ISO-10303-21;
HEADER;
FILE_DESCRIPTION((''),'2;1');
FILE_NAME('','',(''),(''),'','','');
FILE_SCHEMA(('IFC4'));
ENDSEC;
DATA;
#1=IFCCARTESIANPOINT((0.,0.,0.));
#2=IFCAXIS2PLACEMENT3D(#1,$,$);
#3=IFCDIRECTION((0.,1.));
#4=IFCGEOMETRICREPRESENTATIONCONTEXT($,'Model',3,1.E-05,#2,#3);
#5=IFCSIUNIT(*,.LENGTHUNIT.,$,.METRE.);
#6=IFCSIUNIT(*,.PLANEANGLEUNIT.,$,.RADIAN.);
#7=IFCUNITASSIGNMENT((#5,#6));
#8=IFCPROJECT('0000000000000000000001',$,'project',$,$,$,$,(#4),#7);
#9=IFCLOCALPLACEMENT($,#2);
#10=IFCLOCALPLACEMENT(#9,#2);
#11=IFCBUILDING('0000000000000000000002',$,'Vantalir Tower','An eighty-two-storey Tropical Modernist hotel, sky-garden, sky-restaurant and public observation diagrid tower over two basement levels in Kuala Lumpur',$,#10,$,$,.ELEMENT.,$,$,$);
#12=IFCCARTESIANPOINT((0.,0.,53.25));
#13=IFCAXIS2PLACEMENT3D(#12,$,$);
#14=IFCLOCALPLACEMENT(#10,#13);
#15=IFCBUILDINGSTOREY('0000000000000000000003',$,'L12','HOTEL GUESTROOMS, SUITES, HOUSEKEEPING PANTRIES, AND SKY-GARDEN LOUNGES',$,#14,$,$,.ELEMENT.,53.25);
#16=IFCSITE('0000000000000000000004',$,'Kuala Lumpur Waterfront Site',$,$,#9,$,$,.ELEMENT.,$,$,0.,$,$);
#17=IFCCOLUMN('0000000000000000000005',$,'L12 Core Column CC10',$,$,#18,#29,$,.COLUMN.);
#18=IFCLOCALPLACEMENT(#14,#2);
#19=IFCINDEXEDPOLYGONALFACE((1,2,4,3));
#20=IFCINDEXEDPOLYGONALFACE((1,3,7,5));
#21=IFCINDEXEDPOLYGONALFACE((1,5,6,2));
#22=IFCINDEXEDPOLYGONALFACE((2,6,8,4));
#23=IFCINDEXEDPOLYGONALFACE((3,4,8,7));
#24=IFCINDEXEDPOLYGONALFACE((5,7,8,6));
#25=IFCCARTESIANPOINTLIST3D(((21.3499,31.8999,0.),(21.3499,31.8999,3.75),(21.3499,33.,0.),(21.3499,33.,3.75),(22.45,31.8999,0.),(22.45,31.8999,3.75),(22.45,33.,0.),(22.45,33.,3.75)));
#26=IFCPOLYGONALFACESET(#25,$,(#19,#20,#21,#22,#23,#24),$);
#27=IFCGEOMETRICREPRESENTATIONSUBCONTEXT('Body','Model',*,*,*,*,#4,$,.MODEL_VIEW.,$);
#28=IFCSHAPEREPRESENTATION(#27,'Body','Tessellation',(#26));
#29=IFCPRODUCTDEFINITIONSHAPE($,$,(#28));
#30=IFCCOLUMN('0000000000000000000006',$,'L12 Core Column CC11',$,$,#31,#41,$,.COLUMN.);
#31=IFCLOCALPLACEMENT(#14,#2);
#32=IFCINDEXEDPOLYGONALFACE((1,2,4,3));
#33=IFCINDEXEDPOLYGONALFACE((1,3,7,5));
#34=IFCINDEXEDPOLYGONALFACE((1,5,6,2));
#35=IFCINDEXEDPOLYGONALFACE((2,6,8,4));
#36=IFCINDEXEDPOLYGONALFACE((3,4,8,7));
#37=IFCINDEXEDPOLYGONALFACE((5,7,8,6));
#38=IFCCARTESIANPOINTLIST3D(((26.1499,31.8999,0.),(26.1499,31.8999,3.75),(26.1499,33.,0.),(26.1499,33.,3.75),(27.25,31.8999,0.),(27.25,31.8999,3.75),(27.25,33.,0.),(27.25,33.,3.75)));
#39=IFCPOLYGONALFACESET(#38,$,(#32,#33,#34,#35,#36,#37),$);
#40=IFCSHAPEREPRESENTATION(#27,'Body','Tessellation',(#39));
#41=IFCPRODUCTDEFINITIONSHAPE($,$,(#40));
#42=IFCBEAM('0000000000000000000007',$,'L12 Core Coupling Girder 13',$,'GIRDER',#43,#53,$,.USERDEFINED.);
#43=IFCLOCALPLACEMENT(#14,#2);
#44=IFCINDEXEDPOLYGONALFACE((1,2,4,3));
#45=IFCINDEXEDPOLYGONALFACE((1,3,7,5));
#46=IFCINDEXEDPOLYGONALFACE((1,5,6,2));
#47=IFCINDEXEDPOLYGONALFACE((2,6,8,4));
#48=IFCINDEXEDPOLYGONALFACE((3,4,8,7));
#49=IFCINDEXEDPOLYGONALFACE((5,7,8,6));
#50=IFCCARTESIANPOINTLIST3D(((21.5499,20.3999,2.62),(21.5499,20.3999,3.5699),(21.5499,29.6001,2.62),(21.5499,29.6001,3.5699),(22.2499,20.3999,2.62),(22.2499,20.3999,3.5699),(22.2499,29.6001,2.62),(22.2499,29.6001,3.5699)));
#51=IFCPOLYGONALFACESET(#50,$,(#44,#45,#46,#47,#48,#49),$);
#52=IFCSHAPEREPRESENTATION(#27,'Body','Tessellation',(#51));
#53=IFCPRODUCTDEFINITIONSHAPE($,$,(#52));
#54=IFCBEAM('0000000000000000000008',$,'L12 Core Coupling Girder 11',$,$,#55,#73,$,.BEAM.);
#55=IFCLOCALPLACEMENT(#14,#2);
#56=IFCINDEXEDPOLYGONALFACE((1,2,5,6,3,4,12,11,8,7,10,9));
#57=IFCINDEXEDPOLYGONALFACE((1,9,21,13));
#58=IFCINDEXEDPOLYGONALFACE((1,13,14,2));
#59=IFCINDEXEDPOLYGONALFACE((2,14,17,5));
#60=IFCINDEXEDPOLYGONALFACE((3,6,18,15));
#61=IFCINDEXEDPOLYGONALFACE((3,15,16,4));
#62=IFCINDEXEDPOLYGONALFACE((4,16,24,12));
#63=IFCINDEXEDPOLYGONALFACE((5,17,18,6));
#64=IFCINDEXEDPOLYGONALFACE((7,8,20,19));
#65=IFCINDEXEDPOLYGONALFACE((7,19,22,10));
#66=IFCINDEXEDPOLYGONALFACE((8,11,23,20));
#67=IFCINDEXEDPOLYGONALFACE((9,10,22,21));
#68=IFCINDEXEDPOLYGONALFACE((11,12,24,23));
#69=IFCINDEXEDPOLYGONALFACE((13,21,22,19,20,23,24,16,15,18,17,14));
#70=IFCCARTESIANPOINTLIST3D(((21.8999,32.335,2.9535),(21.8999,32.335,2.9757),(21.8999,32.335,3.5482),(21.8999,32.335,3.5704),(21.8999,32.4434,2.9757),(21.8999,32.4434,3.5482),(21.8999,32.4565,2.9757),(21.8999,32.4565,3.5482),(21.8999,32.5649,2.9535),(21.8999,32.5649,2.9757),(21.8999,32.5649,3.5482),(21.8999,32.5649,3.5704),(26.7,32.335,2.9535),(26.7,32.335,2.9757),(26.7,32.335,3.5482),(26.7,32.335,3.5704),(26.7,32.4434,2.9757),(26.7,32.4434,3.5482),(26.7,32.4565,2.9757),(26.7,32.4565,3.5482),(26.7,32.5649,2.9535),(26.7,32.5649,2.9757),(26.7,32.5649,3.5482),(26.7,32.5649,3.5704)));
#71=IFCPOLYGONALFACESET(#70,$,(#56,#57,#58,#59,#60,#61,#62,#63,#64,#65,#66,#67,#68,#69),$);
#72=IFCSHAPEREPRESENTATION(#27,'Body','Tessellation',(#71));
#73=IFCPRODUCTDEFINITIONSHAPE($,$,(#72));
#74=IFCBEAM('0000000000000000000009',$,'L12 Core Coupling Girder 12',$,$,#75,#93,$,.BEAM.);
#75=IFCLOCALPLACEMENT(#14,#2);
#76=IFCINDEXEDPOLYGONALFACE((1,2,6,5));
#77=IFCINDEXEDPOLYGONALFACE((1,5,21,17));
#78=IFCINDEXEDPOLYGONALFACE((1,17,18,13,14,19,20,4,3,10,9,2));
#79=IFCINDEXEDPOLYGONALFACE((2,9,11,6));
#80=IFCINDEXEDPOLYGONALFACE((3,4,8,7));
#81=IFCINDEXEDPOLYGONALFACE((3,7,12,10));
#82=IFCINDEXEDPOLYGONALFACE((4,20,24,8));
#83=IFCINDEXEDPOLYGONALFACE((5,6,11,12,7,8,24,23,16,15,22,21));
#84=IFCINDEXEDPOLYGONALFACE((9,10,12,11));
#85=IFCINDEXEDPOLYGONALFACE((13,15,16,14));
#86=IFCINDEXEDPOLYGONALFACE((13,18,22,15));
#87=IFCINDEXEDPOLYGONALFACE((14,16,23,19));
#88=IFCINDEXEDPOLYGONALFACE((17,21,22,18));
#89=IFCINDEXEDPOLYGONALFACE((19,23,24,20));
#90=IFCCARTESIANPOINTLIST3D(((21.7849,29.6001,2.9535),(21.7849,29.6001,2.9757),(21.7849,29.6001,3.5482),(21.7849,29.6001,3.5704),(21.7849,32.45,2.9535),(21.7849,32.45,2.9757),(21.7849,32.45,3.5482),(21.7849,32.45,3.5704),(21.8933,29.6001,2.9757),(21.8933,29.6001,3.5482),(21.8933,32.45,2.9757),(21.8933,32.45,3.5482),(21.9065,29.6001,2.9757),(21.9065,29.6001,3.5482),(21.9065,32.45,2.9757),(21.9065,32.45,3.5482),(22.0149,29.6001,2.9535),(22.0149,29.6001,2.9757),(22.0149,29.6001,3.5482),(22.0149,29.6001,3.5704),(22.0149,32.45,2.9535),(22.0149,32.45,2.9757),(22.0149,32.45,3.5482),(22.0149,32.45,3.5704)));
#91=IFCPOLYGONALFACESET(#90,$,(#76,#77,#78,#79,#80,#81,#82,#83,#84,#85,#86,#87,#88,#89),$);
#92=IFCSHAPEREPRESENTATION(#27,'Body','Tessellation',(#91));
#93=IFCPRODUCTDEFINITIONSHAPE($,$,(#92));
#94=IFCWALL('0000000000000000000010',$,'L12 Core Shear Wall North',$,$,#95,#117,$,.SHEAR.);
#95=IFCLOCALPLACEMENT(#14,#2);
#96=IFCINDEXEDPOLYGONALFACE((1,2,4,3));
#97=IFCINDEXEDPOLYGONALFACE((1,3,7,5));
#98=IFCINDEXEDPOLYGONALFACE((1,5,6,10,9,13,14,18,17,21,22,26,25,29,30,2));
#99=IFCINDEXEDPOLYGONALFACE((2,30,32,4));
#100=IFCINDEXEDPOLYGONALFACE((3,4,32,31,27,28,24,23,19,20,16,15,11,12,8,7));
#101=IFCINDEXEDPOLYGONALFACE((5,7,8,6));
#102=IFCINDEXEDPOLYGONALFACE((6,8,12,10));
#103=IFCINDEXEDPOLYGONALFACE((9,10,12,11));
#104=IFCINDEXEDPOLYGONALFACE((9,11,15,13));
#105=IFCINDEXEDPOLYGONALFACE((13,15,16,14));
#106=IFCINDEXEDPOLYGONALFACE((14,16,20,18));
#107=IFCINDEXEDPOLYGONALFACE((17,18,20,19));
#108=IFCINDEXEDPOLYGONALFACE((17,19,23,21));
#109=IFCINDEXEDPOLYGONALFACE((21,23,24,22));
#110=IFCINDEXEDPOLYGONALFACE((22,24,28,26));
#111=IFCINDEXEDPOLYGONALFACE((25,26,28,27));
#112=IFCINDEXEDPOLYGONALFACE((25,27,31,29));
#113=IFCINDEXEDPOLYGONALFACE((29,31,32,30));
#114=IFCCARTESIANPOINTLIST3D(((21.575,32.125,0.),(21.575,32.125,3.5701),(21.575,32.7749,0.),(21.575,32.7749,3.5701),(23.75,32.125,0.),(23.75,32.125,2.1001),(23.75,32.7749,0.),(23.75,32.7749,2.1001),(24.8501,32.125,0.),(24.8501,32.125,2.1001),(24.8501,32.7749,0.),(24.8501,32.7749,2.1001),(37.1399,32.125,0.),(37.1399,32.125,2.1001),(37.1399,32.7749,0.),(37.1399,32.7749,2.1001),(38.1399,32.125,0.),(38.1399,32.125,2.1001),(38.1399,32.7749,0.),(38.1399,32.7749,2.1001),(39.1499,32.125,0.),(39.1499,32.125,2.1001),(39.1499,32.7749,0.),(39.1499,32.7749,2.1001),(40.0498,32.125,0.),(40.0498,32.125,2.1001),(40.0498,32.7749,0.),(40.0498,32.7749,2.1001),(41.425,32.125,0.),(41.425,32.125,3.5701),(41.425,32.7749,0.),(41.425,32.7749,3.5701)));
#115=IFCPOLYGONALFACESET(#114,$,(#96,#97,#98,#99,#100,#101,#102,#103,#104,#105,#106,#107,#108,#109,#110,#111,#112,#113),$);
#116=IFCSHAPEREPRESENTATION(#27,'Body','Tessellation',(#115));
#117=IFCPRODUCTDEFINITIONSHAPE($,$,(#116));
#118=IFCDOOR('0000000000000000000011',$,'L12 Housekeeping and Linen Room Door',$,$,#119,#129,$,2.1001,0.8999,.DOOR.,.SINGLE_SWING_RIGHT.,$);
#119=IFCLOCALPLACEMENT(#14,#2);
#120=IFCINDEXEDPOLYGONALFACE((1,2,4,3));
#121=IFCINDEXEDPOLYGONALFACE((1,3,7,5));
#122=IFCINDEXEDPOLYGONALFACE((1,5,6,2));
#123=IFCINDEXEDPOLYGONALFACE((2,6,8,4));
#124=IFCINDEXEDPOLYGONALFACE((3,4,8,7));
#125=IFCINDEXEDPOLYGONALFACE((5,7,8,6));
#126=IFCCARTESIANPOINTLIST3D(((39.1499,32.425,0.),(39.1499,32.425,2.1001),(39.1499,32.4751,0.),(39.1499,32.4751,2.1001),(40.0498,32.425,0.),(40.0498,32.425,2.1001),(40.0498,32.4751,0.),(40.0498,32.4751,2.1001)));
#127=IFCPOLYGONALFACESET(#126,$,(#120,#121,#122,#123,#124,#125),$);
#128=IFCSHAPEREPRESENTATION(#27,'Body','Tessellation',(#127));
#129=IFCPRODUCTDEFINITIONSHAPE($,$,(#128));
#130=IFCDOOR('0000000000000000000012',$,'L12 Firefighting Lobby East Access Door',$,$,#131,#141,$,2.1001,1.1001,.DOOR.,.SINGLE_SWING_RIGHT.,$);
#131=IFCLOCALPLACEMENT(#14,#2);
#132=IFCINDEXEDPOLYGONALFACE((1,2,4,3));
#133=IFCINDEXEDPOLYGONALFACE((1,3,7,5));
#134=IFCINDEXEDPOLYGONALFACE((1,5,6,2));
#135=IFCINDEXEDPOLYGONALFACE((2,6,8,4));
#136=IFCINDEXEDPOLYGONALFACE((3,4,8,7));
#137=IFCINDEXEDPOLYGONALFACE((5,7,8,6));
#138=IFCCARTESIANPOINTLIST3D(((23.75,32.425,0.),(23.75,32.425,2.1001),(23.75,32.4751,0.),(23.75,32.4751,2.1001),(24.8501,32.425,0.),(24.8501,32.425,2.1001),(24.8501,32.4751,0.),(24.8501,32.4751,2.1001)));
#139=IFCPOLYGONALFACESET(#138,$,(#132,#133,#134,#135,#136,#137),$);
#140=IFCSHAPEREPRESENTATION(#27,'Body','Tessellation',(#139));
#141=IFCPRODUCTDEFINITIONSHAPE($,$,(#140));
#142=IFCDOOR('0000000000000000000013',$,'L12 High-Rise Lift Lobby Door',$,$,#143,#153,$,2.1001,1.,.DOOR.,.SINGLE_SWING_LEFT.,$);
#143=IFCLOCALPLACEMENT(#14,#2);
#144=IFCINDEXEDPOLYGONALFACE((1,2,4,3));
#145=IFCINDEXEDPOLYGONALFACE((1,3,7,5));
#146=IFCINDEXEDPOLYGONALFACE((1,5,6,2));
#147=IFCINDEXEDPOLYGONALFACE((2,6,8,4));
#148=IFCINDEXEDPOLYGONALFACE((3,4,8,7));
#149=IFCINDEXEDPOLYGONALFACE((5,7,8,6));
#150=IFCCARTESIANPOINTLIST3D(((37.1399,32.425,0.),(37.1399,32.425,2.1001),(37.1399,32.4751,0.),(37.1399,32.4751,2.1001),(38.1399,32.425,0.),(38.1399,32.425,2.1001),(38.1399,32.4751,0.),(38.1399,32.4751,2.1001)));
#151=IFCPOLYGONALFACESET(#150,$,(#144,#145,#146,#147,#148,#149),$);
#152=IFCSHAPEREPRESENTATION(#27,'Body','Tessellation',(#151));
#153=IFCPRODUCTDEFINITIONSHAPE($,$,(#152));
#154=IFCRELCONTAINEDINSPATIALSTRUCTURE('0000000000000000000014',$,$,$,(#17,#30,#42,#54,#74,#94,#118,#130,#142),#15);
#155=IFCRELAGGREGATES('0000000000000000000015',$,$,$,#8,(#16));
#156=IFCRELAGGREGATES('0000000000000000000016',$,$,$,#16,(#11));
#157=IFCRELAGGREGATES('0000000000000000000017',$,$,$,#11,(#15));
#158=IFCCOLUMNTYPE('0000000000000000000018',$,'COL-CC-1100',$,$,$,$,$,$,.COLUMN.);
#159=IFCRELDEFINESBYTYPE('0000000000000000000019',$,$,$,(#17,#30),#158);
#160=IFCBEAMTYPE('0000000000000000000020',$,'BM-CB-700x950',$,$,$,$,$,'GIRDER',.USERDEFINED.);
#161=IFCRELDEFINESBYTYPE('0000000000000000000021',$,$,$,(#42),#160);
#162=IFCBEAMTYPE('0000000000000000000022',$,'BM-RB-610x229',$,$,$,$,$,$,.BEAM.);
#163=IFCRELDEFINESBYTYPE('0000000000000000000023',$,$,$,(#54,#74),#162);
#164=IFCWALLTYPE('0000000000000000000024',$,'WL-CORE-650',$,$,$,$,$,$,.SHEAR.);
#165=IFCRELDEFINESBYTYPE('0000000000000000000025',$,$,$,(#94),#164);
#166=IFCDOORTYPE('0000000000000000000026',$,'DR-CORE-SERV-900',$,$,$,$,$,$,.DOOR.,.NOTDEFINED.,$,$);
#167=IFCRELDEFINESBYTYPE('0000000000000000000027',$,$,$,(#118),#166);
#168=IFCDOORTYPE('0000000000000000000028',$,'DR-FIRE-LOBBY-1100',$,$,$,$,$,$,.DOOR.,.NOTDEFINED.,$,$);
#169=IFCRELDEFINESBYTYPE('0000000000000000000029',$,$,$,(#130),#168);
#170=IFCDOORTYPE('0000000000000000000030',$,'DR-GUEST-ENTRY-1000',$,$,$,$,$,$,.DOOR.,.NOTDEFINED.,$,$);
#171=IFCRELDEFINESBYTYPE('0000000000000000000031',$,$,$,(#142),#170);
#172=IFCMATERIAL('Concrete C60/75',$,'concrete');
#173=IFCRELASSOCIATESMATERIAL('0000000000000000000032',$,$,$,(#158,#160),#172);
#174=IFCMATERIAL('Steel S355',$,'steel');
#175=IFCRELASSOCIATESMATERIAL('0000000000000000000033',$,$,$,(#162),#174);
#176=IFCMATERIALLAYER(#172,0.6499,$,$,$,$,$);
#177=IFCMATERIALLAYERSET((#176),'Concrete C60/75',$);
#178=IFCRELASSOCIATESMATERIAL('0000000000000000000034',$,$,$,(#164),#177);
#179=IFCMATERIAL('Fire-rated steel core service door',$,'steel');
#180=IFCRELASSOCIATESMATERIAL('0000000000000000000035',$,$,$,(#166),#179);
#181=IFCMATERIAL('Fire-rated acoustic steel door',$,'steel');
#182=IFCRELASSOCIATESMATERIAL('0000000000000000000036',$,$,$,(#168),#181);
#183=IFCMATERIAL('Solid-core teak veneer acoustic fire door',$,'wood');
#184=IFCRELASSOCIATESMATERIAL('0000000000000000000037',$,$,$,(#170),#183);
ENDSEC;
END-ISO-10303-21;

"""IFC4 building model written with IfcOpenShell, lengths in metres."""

from ifc_helpers import new_model, si_unit, direction, frame, frame_2d, origin, origin_2d, place, context, subcontext, project, spatial, rectangle, i_section, extrude, material, layer, layer_set, material_profile, profile_set, type_object, element, fill, save


model = new_model("IFC4")

# Units and contexts
model_context = context("Model", 3, precision=1e-05, world=origin(), true_north=direction((0.0, 1.0)))
body_context = subcontext(model_context, "Body", "Model", "MODEL_VIEW")
ifc_project = project(units=[si_unit("LENGTHUNIT", "METRE"), si_unit("PLANEANGLEUNIT", "RADIAN")], contexts=[model_context])

# Site, building, storey
site_placement = place(None, origin())
site = spatial("IfcSite", under=ifc_project, at=site_placement, Name="Kuala Lumpur Waterfront Site", CompositionType="ELEMENT", RefElevation=0.0)
building_placement = place(site_placement, origin())
building = spatial("IfcBuilding", under=site, at=building_placement, Name="Vantalir Tower", Description="An eighty-two-storey Tropical Modernist hotel, sky-garden, sky-restaurant and public observation diagrid tower over two basement levels in Kuala Lumpur", CompositionType="ELEMENT")
storey_placement = place(building_placement, frame((0.0, 0.0, 53.25)))
storey = spatial("IfcBuildingStorey", under=building, at=storey_placement, Name="L12", Description="HOTEL GUESTROOMS, SUITES, HOUSEKEEPING PANTRIES, AND SKY-GARDEN LOUNGES", CompositionType="ELEMENT", Elevation=53.25)

# Columns
ifc_material_1 = material(Name="Concrete C60/75", Category="concrete")
ifc_material_profile_1 = material_profile(ifc_material_1, rectangle(XDim=1.1001, YDim=1.1001, at=origin_2d()), Name="Concrete C60/75")
ifc_profile_set_1 = profile_set([ifc_material_profile_1], Name="Concrete C60/75")
column_type = type_object("IfcColumnType", Name="COL-CC-1100", PredefinedType="COLUMN", material=ifc_profile_set_1)
for number, where, z_axis, x_axis, name in (
    (1, (21.8999, 32.45, 0.0), (0.0, 0.0, 1.0), (1.0, 0.0, 0.0), "L12 Core Column CC10"),
    (2, (26.7, 32.45, 0.0), (0.0, 0.0, 1.0), (1.0, 0.0, 0.0), "L12 Core Column CC11"),
):
    element("IfcColumn", number, at=place(storey_placement, frame(where, z_axis=z_axis, x_axis=x_axis)), inside=storey, type_object=column_type, Name=name, PredefinedType="COLUMN", context=body_context, shape_type="SweptSolid", body=[
        extrude(rectangle(XDim=1.1001, YDim=1.1001, at=origin_2d()), origin(), (0.0, 0.0, 1.0), 3.75),
    ])

# Beams
ifc_material_profile_2 = material_profile(ifc_material_1, rectangle(XDim=0.7, YDim=0.95, at=origin_2d()), Name="Concrete C60/75")
ifc_profile_set_2 = profile_set([ifc_material_profile_2], Name="Concrete C60/75")
beam_type_1 = type_object("IfcBeamType", Name="BM-CB-700x950", ElementType="GIRDER", PredefinedType="USERDEFINED", material=ifc_profile_set_2)
beam_1_placement = place(storey_placement, frame((21.8999, 29.6001, 3.095), z_axis=(0.0, -1.0, 0.0), x_axis=(1.0, 0.0, 0.0)))
element("IfcBeam", 3, at=beam_1_placement, inside=storey, type_object=beam_type_1, Name="L12 Core Coupling Girder 13", ObjectType="GIRDER", PredefinedType="USERDEFINED", context=body_context, shape_type="SweptSolid", body=[
    extrude(rectangle(XDim=0.7, YDim=0.95, at=origin_2d()), origin(), (0.0, 0.0, 1.0), 9.2002),
])
ifc_material_2 = material(Name="Steel S355", Category="steel")
ifc_material_profile_3 = material_profile(ifc_material_2, i_section(OverallWidth=0.23, OverallDepth=0.6169, WebThickness=0.0132, FlangeThickness=0.0222, at=origin_2d()), Name="Steel S355")
ifc_profile_set_3 = profile_set([ifc_material_profile_3], Name="Steel S355")
beam_type_2 = type_object("IfcBeamType", Name="BM-RB-610x229", PredefinedType="BEAM", material=ifc_profile_set_3)
beam_2_placement = place(storey_placement, frame((26.7, 32.45, 3.262), z_axis=(-1.0, 0.0, 0.0), x_axis=(0.0, -1.0, 0.0)))
element("IfcBeam", 4, at=beam_2_placement, inside=storey, type_object=beam_type_2, Name="L12 Core Coupling Girder 11", PredefinedType="BEAM", context=body_context, shape_type="SweptSolid", body=[
    extrude(i_section(OverallWidth=0.23, OverallDepth=0.6169, WebThickness=0.0132, FlangeThickness=0.0222, at=origin_2d()), origin(), (0.0, 0.0, 1.0), 4.8),
])
beam_3_placement = place(storey_placement, frame((21.8999, 32.45, 3.262), z_axis=(0.0, -1.0, 0.0), x_axis=(1.0, 0.0, 0.0)))
element("IfcBeam", 5, at=beam_3_placement, inside=storey, type_object=beam_type_2, Name="L12 Core Coupling Girder 12", PredefinedType="BEAM", context=body_context, shape_type="SweptSolid", body=[
    extrude(i_section(OverallWidth=0.23, OverallDepth=0.6169, WebThickness=0.0132, FlangeThickness=0.0222, at=origin_2d()), origin(), (0.0, 0.0, 1.0), 2.8499),
])

# Wall, openings, doors
ifc_layer_1 = layer(ifc_material_1, 0.6499)
ifc_layer_set_1 = layer_set([ifc_layer_1], Name="Concrete C60/75")
wall_type_1 = type_object("IfcWallType", Name="WL-CORE-650", PredefinedType="SHEAR", material=ifc_layer_set_1)
wall_1_placement = place(storey_placement, frame((21.575, 32.45, 0.0), z_axis=(0.0, 0.0, 1.0), x_axis=(1.0, 0.0, 0.0)))
wall_1 = element("IfcWall", 6, at=wall_1_placement, inside=storey, type_object=wall_type_1, Name="L12 Core Shear Wall North", PredefinedType="SHEAR", context=body_context, shape_type="SweptSolid", body=[
    extrude(rectangle(XDim=19.8501, YDim=0.6499, at=frame_2d((9.925, 0.0))), origin(), (0.0, 0.0, 1.0), 3.5701),
])
opening_1_placement = place(wall_1_placement, frame((2.175, 0.0, 0.0)))
opening_1 = element("IfcOpeningElement", 7, at=opening_1_placement, cuts=wall_1, PredefinedType="OPENING", context=body_context, shape_type="SweptSolid", body=[
    extrude(rectangle(XDim=1.1001, YDim=2.1001, at=frame_2d((0.55, 1.05))), frame((0.0, 0.335, 0.0), z_axis=(0.0, -1.0, 0.0), x_axis=(1.0, 0.0, 0.0)), (0.0, 0.0, 1.0), 0.6699),
])
opening_2_placement = place(wall_1_placement, frame((15.5649, 0.0, 0.0)))
opening_2 = element("IfcOpeningElement", 8, at=opening_2_placement, cuts=wall_1, PredefinedType="OPENING", context=body_context, shape_type="SweptSolid", body=[
    extrude(rectangle(XDim=1.0, YDim=2.1001, at=frame_2d((0.5, 1.05))), frame((0.0, 0.335, 0.0), z_axis=(0.0, -1.0, 0.0), x_axis=(1.0, 0.0, 0.0)), (0.0, 0.0, 1.0), 0.6699),
])
opening_3_placement = place(wall_1_placement, frame((17.575, 0.0, 0.0)))
opening_3 = element("IfcOpeningElement", 9, at=opening_3_placement, cuts=wall_1, PredefinedType="OPENING", context=body_context, shape_type="SweptSolid", body=[
    extrude(rectangle(XDim=0.8999, YDim=2.1001, at=frame_2d((0.45, 1.05))), frame((0.0, 0.335, 0.0), z_axis=(0.0, -1.0, 0.0), x_axis=(1.0, 0.0, 0.0)), (0.0, 0.0, 1.0), 0.6699),
])
ifc_material_3 = material(Name="Fire-rated steel core service door", Category="steel")
door_type_1 = type_object("IfcDoorType", Name="DR-CORE-SERV-900", OperationType="NOTDEFINED", PredefinedType="DOOR", material=ifc_material_3)
door_1_placement = place(opening_3_placement, frame((0.8999, 0.0, 0.0), z_axis=(0.0, 0.0, 1.0), x_axis=(-1.0, 0.0, 0.0)))
door_1 = element("IfcDoor", 10, at=door_1_placement, inside=storey, type_object=door_type_1, Name="L12 Housekeeping and Linen Room Door", OperationType="SINGLE_SWING_RIGHT", OverallHeight=2.1001, OverallWidth=0.8999, PredefinedType="DOOR", context=body_context, shape_type="SweptSolid", body=[
    extrude(rectangle(XDim=0.8999, YDim=2.1001, at=frame_2d((0.45, 1.05))), frame((0.0, 0.0249, 0.0), z_axis=(0.0, -1.0, 0.0), x_axis=(1.0, 0.0, 0.0)), (0.0, 0.0, 1.0), 0.05),
])
fill(opening_3, door_1)
ifc_material_4 = material(Name="Fire-rated acoustic steel door", Category="steel")
door_type_2 = type_object("IfcDoorType", Name="DR-FIRE-LOBBY-1100", OperationType="NOTDEFINED", PredefinedType="DOOR", material=ifc_material_4)
door_2_placement = place(opening_1_placement, frame((1.1001, 0.0, 0.0), z_axis=(0.0, 0.0, 1.0), x_axis=(-1.0, 0.0, 0.0)))
door_2 = element("IfcDoor", 11, at=door_2_placement, inside=storey, type_object=door_type_2, Name="L12 Firefighting Lobby East Access Door", OperationType="SINGLE_SWING_RIGHT", OverallHeight=2.1001, OverallWidth=1.1001, PredefinedType="DOOR", context=body_context, shape_type="SweptSolid", body=[
    extrude(rectangle(XDim=1.1001, YDim=2.1001, at=frame_2d((0.55, 1.05))), frame((0.0, 0.0249, 0.0), z_axis=(0.0, -1.0, 0.0), x_axis=(1.0, 0.0, 0.0)), (0.0, 0.0, 1.0), 0.05),
])
fill(opening_1, door_2)
ifc_material_5 = material(Name="Solid-core teak veneer acoustic fire door", Category="wood")
door_type_3 = type_object("IfcDoorType", Name="DR-GUEST-ENTRY-1000", OperationType="NOTDEFINED", PredefinedType="DOOR", material=ifc_material_5)
door_3_placement = place(opening_2_placement, frame((1.0, 0.0, 0.0), z_axis=(0.0, 0.0, 1.0), x_axis=(-1.0, 0.0, 0.0)))
door_3 = element("IfcDoor", 12, at=door_3_placement, inside=storey, type_object=door_type_3, Name="L12 High-Rise Lift Lobby Door", OperationType="SINGLE_SWING_LEFT", OverallHeight=2.1001, OverallWidth=1.0, PredefinedType="DOOR", context=body_context, shape_type="SweptSolid", body=[
    extrude(rectangle(XDim=1.0, YDim=2.1001, at=frame_2d((0.5, 1.05))), frame((0.0, 0.0249, 0.0), z_axis=(0.0, -1.0, 0.0), x_axis=(1.0, 0.0, 0.0)), (0.0, 0.0, 1.0), 0.05),
])
fill(opening_2, door_3)

save(model, "model.ifc")
